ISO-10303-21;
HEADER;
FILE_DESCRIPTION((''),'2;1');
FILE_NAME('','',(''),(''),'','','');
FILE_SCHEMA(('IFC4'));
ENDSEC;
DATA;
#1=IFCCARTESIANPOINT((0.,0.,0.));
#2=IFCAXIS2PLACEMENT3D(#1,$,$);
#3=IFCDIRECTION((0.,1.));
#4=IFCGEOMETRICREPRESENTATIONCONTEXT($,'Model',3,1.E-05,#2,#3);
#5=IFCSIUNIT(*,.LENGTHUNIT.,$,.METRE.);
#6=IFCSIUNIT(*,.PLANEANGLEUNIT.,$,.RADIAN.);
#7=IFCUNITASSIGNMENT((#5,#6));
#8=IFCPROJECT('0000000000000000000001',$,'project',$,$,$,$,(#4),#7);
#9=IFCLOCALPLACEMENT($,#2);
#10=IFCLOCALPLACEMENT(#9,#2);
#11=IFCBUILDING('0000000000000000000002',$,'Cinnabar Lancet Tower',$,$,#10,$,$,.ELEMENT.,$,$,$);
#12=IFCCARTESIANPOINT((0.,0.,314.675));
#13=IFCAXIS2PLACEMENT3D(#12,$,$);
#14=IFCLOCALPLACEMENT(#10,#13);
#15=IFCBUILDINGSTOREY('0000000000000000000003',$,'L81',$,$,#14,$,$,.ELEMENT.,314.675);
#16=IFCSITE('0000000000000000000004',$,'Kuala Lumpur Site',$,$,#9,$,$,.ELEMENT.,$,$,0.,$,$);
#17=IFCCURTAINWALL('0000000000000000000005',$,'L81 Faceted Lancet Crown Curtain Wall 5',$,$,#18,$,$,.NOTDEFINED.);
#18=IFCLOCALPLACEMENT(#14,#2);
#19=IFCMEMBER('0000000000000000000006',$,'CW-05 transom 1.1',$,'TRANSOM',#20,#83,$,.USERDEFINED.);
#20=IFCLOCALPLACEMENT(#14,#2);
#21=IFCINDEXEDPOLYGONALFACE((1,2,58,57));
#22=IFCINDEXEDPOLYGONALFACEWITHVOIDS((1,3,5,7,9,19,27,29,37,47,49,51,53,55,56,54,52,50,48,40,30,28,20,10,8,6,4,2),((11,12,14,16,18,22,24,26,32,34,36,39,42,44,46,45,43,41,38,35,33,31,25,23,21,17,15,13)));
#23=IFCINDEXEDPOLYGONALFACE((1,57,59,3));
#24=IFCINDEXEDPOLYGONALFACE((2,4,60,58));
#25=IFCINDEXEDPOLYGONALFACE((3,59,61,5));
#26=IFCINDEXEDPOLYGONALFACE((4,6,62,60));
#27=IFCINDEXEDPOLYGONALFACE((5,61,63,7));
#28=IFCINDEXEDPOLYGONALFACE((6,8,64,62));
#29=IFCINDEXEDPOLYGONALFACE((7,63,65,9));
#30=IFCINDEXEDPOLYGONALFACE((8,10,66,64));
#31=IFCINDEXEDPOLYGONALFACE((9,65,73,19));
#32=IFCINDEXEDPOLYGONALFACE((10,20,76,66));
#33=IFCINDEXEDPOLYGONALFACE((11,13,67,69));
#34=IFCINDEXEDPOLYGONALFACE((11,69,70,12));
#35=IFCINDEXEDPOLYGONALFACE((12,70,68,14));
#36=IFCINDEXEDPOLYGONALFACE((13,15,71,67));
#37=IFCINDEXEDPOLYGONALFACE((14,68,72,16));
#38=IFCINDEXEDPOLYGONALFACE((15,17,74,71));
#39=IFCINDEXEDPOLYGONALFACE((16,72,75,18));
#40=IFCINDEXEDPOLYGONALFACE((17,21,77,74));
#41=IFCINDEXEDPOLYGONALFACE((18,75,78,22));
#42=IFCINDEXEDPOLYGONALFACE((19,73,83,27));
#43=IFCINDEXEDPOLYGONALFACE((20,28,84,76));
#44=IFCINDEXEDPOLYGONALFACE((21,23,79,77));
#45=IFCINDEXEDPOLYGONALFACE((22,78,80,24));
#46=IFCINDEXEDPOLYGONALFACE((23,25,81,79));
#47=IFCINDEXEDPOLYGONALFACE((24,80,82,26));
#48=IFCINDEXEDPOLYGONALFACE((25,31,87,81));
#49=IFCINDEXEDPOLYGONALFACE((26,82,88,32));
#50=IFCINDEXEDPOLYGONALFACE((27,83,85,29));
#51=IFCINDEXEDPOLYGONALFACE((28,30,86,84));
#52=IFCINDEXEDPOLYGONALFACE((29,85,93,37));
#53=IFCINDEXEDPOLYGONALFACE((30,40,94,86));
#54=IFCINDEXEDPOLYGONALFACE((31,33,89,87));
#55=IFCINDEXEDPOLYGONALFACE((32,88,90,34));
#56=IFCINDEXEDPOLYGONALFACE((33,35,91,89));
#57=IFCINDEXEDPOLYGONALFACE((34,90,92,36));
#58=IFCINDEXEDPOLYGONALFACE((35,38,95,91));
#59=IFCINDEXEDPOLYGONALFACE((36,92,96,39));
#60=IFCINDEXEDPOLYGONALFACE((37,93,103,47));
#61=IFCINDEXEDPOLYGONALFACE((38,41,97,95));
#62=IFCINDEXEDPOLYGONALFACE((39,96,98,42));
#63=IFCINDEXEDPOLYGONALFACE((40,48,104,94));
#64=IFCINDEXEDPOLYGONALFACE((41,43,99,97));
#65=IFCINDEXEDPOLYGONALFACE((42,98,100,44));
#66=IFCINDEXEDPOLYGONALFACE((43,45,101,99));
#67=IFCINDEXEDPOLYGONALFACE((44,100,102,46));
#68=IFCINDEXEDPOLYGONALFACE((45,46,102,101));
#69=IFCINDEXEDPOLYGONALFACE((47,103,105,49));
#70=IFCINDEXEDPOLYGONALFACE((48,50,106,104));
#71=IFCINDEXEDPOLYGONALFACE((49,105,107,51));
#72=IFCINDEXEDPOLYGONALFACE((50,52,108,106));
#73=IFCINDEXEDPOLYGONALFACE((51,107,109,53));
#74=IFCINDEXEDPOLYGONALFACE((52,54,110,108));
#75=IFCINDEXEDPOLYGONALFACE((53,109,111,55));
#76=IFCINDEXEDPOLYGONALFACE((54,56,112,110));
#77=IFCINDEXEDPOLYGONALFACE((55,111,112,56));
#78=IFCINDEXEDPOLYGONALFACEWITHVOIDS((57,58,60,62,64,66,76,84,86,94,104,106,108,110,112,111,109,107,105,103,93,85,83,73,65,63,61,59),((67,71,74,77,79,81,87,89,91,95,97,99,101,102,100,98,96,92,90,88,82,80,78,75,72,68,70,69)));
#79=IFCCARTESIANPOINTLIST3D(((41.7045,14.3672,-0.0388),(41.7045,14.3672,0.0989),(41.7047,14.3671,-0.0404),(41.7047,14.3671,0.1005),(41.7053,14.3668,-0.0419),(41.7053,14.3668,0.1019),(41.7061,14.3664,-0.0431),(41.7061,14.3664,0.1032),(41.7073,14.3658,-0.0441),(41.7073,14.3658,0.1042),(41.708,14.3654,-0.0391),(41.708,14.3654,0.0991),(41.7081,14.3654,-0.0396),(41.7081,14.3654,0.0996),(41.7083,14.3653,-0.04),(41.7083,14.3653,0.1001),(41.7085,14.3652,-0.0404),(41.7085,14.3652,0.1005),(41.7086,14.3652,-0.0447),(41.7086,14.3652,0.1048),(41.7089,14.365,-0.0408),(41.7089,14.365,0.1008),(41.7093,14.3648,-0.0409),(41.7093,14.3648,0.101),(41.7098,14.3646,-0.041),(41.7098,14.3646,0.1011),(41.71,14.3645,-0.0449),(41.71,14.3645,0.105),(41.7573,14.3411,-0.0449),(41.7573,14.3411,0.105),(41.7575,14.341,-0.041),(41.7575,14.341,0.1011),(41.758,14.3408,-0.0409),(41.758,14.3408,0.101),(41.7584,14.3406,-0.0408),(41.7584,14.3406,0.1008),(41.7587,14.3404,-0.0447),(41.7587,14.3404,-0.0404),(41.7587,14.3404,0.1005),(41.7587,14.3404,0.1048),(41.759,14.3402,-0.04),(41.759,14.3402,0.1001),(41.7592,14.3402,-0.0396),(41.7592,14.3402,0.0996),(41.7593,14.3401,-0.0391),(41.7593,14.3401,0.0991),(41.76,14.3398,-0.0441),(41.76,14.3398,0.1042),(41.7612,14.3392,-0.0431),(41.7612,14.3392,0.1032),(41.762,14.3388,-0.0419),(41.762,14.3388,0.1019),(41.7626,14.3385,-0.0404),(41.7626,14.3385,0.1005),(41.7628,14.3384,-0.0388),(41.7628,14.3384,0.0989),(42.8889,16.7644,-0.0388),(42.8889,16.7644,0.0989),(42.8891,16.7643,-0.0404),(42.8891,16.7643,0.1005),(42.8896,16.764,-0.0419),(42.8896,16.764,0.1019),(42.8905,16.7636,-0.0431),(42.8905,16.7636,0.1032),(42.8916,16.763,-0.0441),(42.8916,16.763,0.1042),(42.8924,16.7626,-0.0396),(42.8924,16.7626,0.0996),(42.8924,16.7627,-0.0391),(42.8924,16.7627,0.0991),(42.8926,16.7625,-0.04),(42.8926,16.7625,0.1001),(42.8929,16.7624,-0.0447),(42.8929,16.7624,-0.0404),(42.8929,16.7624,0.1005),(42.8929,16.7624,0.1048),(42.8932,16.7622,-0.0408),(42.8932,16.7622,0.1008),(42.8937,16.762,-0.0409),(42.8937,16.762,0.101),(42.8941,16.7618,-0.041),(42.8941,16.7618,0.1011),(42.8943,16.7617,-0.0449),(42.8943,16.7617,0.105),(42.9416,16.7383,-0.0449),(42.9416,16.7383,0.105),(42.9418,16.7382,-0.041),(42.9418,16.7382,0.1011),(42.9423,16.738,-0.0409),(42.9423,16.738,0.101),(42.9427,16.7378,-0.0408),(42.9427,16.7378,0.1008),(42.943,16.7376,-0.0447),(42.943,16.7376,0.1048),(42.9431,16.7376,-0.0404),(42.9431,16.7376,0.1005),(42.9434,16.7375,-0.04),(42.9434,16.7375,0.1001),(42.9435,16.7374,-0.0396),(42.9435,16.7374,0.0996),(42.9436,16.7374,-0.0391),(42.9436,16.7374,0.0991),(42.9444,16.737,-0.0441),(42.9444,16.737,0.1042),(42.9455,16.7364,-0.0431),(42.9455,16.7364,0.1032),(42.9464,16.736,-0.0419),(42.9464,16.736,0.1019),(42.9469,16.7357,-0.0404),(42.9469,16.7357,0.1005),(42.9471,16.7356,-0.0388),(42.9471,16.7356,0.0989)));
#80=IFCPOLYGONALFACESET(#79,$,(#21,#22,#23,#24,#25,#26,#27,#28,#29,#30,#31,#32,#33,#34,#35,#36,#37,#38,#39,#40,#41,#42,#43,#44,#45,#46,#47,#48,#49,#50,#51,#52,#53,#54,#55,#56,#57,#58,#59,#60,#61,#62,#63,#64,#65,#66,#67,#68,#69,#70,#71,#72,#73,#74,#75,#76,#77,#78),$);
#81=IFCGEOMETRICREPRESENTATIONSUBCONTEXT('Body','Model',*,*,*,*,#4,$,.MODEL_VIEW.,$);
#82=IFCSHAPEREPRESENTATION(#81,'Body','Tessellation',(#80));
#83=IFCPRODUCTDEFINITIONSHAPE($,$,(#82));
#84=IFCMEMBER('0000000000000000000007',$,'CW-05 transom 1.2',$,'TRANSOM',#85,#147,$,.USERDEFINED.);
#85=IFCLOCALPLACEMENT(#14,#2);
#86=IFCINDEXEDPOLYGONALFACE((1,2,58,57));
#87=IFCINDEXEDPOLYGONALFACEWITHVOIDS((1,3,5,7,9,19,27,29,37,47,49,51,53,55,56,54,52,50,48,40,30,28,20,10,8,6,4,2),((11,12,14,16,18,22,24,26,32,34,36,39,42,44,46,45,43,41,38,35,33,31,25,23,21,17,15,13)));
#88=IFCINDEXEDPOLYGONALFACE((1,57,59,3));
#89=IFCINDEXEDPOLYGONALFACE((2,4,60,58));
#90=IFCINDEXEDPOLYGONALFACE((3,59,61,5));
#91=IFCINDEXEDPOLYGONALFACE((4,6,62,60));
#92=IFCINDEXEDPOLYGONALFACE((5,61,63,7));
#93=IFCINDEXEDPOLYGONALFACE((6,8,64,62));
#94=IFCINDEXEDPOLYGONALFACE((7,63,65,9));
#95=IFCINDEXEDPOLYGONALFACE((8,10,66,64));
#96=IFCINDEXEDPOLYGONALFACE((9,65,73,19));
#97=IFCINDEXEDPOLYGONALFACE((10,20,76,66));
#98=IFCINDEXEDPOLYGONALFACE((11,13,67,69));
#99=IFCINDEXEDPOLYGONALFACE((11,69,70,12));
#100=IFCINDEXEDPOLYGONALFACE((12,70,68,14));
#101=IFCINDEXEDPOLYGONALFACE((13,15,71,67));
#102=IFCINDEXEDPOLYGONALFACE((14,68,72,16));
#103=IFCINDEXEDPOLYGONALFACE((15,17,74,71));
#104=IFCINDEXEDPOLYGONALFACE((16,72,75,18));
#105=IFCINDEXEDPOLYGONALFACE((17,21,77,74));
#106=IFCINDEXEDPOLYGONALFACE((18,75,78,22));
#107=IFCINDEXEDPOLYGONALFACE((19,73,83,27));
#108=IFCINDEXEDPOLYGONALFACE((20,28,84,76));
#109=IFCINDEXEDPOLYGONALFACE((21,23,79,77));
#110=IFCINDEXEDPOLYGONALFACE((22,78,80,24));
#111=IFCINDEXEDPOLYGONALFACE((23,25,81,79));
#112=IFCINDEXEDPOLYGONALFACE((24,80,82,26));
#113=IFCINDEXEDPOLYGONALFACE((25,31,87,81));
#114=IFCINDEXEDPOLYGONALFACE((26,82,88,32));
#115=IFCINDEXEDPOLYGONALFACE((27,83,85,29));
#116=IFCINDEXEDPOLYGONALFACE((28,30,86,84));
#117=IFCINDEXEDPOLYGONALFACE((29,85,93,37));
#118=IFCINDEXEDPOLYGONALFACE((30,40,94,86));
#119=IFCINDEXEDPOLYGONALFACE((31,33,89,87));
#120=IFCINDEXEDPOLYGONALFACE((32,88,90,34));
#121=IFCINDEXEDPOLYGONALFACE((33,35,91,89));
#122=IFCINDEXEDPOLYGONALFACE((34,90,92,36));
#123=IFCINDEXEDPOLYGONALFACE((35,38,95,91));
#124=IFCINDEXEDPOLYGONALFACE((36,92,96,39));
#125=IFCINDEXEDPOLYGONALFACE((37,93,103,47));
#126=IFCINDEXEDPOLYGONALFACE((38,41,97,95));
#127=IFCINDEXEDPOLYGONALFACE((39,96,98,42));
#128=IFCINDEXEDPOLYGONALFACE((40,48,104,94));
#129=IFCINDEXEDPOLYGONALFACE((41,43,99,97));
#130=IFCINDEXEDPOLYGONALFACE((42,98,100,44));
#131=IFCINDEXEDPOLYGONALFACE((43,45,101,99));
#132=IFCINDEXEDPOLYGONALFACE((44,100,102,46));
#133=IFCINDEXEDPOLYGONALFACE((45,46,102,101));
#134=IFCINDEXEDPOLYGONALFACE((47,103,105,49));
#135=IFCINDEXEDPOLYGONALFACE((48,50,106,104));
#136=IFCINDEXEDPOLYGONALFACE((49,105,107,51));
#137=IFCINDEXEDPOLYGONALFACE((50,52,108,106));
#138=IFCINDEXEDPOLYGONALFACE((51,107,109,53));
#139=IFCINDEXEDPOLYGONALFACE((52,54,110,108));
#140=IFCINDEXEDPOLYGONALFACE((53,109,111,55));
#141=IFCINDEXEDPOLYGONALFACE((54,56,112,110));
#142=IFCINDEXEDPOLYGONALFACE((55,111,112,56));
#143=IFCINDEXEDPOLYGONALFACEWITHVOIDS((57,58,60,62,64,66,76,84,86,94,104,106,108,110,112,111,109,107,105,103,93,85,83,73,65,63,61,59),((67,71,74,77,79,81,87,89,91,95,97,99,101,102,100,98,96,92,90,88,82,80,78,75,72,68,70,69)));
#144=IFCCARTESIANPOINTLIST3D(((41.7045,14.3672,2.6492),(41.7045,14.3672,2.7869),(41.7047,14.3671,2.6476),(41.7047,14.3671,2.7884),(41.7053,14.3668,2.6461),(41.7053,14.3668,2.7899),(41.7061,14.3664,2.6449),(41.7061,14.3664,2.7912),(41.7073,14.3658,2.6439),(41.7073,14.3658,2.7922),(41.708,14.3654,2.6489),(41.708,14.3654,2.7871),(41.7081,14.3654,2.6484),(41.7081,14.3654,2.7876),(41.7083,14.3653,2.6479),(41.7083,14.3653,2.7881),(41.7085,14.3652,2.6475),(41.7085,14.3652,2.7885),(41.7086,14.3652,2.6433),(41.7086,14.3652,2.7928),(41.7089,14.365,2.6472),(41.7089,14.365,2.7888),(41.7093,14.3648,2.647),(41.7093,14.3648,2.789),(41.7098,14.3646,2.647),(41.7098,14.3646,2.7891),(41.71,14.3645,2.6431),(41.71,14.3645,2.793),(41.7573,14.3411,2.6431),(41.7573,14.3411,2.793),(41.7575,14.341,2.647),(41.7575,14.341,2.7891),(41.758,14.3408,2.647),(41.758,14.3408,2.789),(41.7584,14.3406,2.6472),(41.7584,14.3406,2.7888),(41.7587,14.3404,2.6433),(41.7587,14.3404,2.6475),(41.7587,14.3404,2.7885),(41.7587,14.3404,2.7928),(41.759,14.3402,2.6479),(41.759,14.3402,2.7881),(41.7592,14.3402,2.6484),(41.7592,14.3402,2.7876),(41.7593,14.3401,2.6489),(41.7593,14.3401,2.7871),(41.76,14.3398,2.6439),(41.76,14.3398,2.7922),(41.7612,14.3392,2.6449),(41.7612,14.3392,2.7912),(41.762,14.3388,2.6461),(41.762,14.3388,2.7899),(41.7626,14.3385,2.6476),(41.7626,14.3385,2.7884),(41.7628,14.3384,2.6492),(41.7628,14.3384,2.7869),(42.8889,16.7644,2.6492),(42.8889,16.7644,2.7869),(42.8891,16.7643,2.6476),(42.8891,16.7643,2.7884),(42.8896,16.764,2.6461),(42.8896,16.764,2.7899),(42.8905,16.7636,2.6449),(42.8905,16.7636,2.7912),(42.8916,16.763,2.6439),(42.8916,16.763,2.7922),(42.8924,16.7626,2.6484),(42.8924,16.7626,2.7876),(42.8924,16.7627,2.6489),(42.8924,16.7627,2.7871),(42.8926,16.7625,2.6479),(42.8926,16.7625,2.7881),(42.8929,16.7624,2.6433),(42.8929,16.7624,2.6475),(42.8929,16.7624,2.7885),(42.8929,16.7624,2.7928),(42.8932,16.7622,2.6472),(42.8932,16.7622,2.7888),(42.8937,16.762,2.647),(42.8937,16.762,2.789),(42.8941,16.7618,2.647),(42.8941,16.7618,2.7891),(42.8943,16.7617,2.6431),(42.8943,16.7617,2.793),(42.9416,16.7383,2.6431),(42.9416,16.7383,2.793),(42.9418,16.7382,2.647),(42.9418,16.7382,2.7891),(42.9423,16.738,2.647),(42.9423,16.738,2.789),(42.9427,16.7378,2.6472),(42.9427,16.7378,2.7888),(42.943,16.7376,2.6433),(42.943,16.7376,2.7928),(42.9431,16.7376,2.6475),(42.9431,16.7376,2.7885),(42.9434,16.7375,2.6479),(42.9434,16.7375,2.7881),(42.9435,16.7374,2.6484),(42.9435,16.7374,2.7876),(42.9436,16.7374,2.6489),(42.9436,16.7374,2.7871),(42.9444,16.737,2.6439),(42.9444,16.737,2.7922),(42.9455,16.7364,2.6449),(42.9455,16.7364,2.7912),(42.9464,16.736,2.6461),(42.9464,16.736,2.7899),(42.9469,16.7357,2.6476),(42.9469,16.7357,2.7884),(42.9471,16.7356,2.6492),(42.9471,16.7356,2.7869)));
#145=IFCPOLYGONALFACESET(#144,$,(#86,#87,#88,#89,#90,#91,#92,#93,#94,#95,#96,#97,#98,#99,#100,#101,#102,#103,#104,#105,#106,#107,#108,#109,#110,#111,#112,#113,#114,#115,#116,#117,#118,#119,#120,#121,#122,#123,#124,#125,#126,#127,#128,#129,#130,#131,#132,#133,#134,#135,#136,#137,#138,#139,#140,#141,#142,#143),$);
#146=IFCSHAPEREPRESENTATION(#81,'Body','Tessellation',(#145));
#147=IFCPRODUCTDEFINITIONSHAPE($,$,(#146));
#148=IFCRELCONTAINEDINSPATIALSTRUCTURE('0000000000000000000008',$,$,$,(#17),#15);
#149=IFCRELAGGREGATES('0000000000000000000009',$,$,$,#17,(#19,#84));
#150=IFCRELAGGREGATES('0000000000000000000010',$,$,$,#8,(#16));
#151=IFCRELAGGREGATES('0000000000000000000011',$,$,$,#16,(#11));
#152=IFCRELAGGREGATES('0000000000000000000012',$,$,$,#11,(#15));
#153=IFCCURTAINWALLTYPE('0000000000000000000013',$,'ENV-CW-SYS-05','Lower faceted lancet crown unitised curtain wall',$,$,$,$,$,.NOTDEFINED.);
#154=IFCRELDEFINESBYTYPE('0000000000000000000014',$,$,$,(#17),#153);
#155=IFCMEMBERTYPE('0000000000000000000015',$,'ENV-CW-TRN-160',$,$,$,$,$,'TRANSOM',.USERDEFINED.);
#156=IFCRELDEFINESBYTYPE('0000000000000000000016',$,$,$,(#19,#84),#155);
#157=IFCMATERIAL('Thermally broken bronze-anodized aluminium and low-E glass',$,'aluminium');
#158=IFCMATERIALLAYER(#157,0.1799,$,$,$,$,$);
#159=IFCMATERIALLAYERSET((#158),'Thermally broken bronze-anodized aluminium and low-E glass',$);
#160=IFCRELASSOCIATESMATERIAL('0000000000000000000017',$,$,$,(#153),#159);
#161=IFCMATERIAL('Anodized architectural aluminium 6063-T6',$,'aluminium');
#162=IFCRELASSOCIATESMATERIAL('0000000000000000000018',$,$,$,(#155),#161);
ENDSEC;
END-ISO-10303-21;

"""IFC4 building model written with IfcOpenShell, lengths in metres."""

from ifc_helpers import new_model, si_unit, direction, frame, origin, origin_2d, place, context, subcontext, project, spatial, hollow_rectangle, extrude, material, layer, layer_set, material_profile, profile_set, type_object, element, aggregate, save


model = new_model("IFC4")

# Units and contexts
model_context = context("Model", 3, precision=1e-05, world=origin(), true_north=direction((0.0, 1.0)))
body_context = subcontext(model_context, "Body", "Model", "MODEL_VIEW")
ifc_project = project(units=[si_unit("LENGTHUNIT", "METRE"), si_unit("PLANEANGLEUNIT", "RADIAN")], contexts=[model_context])

# Site, building, storey
site_placement = place(None, origin())
site = spatial("IfcSite", under=ifc_project, at=site_placement, Name="Kuala Lumpur Site", CompositionType="ELEMENT", RefElevation=0.0)
building_placement = place(site_placement, origin())
building = spatial("IfcBuilding", under=site, at=building_placement, Name="Cinnabar Lancet Tower", CompositionType="ELEMENT")
storey_placement = place(building_placement, frame((0.0, 0.0, 314.675)))
storey = spatial("IfcBuildingStorey", under=building, at=storey_placement, Name="L81", CompositionType="ELEMENT", Elevation=314.675)

# Shared definitions
ifc_material_1 = material(Name="Thermally broken bronze-anodized aluminium and low-E glass", Category="aluminium")
ifc_layer_1 = layer(ifc_material_1, 0.1799)
ifc_layer_set_1 = layer_set([ifc_layer_1], Name="Thermally broken bronze-anodized aluminium and low-E glass")
curtain_wall_type = type_object("IfcCurtainWallType", Name="ENV-CW-SYS-05", Description="Lower faceted lancet crown unitised curtain wall", PredefinedType="NOTDEFINED", material=ifc_layer_set_1)

# Curtain wall, members
curtain_wall_1_placement = place(storey_placement, origin())
curtain_wall_1 = element("IfcCurtainWall", 1, at=curtain_wall_1_placement, inside=storey, type_object=curtain_wall_type, Name="L81 Faceted Lancet Crown Curtain Wall 5", PredefinedType="NOTDEFINED")
ifc_material_2 = material(Name="Anodized architectural aluminium 6063-T6", Category="aluminium")
ifc_material_profile_1 = material_profile(ifc_material_2, hollow_rectangle(XDim=0.0649, YDim=0.1499, WallThickness=0.0039, InnerFilletRadius=0.002, OuterFilletRadius=0.0061, at=origin_2d()), Name="CW-TRN 150x65x4")
ifc_profile_set_1 = profile_set([ifc_material_profile_1], Name="Anodized architectural aluminium 6063-T6")
member_type_1 = type_object("IfcMemberType", Name="ENV-CW-TRN-160", ElementType="TRANSOM", PredefinedType="USERDEFINED", material=ifc_profile_set_1)
member_1_placement = place(storey_placement, frame((41.7336, 14.3528, 0.03), z_axis=(0.442935, 0.896554, 0.0), x_axis=(-0.896554, 0.442935, 0.0)))
member_1 = element("IfcMember", 2, at=member_1_placement, type_object=member_type_1, Name="CW-05 transom 1.1", ObjectType="TRANSOM", PredefinedType="USERDEFINED", context=body_context, shape_type="SweptSolid", body=[
    extrude(hollow_rectangle(XDim=0.0649, YDim=0.1499, WallThickness=0.0039, InnerFilletRadius=0.002, OuterFilletRadius=0.0061, at=origin_2d()), origin(), (0.0, 0.0, 1.0), 2.6738),
])
member_2_placement = place(storey_placement, frame((41.7336, 14.3528, 2.718), z_axis=(0.442935, 0.896554, 0.0), x_axis=(-0.896554, 0.442935, 0.0)))
member_2 = element("IfcMember", 3, at=member_2_placement, type_object=member_type_1, Name="CW-05 transom 1.2", ObjectType="TRANSOM", PredefinedType="USERDEFINED", context=body_context, shape_type="SweptSolid", body=[
    extrude(hollow_rectangle(XDim=0.0649, YDim=0.1499, WallThickness=0.0039, InnerFilletRadius=0.002, OuterFilletRadius=0.0061, at=origin_2d()), origin(), (0.0, 0.0, 1.0), 2.6738),
])

aggregate(curtain_wall_1, [member_1, member_2])

save(model, "model.ifc")
